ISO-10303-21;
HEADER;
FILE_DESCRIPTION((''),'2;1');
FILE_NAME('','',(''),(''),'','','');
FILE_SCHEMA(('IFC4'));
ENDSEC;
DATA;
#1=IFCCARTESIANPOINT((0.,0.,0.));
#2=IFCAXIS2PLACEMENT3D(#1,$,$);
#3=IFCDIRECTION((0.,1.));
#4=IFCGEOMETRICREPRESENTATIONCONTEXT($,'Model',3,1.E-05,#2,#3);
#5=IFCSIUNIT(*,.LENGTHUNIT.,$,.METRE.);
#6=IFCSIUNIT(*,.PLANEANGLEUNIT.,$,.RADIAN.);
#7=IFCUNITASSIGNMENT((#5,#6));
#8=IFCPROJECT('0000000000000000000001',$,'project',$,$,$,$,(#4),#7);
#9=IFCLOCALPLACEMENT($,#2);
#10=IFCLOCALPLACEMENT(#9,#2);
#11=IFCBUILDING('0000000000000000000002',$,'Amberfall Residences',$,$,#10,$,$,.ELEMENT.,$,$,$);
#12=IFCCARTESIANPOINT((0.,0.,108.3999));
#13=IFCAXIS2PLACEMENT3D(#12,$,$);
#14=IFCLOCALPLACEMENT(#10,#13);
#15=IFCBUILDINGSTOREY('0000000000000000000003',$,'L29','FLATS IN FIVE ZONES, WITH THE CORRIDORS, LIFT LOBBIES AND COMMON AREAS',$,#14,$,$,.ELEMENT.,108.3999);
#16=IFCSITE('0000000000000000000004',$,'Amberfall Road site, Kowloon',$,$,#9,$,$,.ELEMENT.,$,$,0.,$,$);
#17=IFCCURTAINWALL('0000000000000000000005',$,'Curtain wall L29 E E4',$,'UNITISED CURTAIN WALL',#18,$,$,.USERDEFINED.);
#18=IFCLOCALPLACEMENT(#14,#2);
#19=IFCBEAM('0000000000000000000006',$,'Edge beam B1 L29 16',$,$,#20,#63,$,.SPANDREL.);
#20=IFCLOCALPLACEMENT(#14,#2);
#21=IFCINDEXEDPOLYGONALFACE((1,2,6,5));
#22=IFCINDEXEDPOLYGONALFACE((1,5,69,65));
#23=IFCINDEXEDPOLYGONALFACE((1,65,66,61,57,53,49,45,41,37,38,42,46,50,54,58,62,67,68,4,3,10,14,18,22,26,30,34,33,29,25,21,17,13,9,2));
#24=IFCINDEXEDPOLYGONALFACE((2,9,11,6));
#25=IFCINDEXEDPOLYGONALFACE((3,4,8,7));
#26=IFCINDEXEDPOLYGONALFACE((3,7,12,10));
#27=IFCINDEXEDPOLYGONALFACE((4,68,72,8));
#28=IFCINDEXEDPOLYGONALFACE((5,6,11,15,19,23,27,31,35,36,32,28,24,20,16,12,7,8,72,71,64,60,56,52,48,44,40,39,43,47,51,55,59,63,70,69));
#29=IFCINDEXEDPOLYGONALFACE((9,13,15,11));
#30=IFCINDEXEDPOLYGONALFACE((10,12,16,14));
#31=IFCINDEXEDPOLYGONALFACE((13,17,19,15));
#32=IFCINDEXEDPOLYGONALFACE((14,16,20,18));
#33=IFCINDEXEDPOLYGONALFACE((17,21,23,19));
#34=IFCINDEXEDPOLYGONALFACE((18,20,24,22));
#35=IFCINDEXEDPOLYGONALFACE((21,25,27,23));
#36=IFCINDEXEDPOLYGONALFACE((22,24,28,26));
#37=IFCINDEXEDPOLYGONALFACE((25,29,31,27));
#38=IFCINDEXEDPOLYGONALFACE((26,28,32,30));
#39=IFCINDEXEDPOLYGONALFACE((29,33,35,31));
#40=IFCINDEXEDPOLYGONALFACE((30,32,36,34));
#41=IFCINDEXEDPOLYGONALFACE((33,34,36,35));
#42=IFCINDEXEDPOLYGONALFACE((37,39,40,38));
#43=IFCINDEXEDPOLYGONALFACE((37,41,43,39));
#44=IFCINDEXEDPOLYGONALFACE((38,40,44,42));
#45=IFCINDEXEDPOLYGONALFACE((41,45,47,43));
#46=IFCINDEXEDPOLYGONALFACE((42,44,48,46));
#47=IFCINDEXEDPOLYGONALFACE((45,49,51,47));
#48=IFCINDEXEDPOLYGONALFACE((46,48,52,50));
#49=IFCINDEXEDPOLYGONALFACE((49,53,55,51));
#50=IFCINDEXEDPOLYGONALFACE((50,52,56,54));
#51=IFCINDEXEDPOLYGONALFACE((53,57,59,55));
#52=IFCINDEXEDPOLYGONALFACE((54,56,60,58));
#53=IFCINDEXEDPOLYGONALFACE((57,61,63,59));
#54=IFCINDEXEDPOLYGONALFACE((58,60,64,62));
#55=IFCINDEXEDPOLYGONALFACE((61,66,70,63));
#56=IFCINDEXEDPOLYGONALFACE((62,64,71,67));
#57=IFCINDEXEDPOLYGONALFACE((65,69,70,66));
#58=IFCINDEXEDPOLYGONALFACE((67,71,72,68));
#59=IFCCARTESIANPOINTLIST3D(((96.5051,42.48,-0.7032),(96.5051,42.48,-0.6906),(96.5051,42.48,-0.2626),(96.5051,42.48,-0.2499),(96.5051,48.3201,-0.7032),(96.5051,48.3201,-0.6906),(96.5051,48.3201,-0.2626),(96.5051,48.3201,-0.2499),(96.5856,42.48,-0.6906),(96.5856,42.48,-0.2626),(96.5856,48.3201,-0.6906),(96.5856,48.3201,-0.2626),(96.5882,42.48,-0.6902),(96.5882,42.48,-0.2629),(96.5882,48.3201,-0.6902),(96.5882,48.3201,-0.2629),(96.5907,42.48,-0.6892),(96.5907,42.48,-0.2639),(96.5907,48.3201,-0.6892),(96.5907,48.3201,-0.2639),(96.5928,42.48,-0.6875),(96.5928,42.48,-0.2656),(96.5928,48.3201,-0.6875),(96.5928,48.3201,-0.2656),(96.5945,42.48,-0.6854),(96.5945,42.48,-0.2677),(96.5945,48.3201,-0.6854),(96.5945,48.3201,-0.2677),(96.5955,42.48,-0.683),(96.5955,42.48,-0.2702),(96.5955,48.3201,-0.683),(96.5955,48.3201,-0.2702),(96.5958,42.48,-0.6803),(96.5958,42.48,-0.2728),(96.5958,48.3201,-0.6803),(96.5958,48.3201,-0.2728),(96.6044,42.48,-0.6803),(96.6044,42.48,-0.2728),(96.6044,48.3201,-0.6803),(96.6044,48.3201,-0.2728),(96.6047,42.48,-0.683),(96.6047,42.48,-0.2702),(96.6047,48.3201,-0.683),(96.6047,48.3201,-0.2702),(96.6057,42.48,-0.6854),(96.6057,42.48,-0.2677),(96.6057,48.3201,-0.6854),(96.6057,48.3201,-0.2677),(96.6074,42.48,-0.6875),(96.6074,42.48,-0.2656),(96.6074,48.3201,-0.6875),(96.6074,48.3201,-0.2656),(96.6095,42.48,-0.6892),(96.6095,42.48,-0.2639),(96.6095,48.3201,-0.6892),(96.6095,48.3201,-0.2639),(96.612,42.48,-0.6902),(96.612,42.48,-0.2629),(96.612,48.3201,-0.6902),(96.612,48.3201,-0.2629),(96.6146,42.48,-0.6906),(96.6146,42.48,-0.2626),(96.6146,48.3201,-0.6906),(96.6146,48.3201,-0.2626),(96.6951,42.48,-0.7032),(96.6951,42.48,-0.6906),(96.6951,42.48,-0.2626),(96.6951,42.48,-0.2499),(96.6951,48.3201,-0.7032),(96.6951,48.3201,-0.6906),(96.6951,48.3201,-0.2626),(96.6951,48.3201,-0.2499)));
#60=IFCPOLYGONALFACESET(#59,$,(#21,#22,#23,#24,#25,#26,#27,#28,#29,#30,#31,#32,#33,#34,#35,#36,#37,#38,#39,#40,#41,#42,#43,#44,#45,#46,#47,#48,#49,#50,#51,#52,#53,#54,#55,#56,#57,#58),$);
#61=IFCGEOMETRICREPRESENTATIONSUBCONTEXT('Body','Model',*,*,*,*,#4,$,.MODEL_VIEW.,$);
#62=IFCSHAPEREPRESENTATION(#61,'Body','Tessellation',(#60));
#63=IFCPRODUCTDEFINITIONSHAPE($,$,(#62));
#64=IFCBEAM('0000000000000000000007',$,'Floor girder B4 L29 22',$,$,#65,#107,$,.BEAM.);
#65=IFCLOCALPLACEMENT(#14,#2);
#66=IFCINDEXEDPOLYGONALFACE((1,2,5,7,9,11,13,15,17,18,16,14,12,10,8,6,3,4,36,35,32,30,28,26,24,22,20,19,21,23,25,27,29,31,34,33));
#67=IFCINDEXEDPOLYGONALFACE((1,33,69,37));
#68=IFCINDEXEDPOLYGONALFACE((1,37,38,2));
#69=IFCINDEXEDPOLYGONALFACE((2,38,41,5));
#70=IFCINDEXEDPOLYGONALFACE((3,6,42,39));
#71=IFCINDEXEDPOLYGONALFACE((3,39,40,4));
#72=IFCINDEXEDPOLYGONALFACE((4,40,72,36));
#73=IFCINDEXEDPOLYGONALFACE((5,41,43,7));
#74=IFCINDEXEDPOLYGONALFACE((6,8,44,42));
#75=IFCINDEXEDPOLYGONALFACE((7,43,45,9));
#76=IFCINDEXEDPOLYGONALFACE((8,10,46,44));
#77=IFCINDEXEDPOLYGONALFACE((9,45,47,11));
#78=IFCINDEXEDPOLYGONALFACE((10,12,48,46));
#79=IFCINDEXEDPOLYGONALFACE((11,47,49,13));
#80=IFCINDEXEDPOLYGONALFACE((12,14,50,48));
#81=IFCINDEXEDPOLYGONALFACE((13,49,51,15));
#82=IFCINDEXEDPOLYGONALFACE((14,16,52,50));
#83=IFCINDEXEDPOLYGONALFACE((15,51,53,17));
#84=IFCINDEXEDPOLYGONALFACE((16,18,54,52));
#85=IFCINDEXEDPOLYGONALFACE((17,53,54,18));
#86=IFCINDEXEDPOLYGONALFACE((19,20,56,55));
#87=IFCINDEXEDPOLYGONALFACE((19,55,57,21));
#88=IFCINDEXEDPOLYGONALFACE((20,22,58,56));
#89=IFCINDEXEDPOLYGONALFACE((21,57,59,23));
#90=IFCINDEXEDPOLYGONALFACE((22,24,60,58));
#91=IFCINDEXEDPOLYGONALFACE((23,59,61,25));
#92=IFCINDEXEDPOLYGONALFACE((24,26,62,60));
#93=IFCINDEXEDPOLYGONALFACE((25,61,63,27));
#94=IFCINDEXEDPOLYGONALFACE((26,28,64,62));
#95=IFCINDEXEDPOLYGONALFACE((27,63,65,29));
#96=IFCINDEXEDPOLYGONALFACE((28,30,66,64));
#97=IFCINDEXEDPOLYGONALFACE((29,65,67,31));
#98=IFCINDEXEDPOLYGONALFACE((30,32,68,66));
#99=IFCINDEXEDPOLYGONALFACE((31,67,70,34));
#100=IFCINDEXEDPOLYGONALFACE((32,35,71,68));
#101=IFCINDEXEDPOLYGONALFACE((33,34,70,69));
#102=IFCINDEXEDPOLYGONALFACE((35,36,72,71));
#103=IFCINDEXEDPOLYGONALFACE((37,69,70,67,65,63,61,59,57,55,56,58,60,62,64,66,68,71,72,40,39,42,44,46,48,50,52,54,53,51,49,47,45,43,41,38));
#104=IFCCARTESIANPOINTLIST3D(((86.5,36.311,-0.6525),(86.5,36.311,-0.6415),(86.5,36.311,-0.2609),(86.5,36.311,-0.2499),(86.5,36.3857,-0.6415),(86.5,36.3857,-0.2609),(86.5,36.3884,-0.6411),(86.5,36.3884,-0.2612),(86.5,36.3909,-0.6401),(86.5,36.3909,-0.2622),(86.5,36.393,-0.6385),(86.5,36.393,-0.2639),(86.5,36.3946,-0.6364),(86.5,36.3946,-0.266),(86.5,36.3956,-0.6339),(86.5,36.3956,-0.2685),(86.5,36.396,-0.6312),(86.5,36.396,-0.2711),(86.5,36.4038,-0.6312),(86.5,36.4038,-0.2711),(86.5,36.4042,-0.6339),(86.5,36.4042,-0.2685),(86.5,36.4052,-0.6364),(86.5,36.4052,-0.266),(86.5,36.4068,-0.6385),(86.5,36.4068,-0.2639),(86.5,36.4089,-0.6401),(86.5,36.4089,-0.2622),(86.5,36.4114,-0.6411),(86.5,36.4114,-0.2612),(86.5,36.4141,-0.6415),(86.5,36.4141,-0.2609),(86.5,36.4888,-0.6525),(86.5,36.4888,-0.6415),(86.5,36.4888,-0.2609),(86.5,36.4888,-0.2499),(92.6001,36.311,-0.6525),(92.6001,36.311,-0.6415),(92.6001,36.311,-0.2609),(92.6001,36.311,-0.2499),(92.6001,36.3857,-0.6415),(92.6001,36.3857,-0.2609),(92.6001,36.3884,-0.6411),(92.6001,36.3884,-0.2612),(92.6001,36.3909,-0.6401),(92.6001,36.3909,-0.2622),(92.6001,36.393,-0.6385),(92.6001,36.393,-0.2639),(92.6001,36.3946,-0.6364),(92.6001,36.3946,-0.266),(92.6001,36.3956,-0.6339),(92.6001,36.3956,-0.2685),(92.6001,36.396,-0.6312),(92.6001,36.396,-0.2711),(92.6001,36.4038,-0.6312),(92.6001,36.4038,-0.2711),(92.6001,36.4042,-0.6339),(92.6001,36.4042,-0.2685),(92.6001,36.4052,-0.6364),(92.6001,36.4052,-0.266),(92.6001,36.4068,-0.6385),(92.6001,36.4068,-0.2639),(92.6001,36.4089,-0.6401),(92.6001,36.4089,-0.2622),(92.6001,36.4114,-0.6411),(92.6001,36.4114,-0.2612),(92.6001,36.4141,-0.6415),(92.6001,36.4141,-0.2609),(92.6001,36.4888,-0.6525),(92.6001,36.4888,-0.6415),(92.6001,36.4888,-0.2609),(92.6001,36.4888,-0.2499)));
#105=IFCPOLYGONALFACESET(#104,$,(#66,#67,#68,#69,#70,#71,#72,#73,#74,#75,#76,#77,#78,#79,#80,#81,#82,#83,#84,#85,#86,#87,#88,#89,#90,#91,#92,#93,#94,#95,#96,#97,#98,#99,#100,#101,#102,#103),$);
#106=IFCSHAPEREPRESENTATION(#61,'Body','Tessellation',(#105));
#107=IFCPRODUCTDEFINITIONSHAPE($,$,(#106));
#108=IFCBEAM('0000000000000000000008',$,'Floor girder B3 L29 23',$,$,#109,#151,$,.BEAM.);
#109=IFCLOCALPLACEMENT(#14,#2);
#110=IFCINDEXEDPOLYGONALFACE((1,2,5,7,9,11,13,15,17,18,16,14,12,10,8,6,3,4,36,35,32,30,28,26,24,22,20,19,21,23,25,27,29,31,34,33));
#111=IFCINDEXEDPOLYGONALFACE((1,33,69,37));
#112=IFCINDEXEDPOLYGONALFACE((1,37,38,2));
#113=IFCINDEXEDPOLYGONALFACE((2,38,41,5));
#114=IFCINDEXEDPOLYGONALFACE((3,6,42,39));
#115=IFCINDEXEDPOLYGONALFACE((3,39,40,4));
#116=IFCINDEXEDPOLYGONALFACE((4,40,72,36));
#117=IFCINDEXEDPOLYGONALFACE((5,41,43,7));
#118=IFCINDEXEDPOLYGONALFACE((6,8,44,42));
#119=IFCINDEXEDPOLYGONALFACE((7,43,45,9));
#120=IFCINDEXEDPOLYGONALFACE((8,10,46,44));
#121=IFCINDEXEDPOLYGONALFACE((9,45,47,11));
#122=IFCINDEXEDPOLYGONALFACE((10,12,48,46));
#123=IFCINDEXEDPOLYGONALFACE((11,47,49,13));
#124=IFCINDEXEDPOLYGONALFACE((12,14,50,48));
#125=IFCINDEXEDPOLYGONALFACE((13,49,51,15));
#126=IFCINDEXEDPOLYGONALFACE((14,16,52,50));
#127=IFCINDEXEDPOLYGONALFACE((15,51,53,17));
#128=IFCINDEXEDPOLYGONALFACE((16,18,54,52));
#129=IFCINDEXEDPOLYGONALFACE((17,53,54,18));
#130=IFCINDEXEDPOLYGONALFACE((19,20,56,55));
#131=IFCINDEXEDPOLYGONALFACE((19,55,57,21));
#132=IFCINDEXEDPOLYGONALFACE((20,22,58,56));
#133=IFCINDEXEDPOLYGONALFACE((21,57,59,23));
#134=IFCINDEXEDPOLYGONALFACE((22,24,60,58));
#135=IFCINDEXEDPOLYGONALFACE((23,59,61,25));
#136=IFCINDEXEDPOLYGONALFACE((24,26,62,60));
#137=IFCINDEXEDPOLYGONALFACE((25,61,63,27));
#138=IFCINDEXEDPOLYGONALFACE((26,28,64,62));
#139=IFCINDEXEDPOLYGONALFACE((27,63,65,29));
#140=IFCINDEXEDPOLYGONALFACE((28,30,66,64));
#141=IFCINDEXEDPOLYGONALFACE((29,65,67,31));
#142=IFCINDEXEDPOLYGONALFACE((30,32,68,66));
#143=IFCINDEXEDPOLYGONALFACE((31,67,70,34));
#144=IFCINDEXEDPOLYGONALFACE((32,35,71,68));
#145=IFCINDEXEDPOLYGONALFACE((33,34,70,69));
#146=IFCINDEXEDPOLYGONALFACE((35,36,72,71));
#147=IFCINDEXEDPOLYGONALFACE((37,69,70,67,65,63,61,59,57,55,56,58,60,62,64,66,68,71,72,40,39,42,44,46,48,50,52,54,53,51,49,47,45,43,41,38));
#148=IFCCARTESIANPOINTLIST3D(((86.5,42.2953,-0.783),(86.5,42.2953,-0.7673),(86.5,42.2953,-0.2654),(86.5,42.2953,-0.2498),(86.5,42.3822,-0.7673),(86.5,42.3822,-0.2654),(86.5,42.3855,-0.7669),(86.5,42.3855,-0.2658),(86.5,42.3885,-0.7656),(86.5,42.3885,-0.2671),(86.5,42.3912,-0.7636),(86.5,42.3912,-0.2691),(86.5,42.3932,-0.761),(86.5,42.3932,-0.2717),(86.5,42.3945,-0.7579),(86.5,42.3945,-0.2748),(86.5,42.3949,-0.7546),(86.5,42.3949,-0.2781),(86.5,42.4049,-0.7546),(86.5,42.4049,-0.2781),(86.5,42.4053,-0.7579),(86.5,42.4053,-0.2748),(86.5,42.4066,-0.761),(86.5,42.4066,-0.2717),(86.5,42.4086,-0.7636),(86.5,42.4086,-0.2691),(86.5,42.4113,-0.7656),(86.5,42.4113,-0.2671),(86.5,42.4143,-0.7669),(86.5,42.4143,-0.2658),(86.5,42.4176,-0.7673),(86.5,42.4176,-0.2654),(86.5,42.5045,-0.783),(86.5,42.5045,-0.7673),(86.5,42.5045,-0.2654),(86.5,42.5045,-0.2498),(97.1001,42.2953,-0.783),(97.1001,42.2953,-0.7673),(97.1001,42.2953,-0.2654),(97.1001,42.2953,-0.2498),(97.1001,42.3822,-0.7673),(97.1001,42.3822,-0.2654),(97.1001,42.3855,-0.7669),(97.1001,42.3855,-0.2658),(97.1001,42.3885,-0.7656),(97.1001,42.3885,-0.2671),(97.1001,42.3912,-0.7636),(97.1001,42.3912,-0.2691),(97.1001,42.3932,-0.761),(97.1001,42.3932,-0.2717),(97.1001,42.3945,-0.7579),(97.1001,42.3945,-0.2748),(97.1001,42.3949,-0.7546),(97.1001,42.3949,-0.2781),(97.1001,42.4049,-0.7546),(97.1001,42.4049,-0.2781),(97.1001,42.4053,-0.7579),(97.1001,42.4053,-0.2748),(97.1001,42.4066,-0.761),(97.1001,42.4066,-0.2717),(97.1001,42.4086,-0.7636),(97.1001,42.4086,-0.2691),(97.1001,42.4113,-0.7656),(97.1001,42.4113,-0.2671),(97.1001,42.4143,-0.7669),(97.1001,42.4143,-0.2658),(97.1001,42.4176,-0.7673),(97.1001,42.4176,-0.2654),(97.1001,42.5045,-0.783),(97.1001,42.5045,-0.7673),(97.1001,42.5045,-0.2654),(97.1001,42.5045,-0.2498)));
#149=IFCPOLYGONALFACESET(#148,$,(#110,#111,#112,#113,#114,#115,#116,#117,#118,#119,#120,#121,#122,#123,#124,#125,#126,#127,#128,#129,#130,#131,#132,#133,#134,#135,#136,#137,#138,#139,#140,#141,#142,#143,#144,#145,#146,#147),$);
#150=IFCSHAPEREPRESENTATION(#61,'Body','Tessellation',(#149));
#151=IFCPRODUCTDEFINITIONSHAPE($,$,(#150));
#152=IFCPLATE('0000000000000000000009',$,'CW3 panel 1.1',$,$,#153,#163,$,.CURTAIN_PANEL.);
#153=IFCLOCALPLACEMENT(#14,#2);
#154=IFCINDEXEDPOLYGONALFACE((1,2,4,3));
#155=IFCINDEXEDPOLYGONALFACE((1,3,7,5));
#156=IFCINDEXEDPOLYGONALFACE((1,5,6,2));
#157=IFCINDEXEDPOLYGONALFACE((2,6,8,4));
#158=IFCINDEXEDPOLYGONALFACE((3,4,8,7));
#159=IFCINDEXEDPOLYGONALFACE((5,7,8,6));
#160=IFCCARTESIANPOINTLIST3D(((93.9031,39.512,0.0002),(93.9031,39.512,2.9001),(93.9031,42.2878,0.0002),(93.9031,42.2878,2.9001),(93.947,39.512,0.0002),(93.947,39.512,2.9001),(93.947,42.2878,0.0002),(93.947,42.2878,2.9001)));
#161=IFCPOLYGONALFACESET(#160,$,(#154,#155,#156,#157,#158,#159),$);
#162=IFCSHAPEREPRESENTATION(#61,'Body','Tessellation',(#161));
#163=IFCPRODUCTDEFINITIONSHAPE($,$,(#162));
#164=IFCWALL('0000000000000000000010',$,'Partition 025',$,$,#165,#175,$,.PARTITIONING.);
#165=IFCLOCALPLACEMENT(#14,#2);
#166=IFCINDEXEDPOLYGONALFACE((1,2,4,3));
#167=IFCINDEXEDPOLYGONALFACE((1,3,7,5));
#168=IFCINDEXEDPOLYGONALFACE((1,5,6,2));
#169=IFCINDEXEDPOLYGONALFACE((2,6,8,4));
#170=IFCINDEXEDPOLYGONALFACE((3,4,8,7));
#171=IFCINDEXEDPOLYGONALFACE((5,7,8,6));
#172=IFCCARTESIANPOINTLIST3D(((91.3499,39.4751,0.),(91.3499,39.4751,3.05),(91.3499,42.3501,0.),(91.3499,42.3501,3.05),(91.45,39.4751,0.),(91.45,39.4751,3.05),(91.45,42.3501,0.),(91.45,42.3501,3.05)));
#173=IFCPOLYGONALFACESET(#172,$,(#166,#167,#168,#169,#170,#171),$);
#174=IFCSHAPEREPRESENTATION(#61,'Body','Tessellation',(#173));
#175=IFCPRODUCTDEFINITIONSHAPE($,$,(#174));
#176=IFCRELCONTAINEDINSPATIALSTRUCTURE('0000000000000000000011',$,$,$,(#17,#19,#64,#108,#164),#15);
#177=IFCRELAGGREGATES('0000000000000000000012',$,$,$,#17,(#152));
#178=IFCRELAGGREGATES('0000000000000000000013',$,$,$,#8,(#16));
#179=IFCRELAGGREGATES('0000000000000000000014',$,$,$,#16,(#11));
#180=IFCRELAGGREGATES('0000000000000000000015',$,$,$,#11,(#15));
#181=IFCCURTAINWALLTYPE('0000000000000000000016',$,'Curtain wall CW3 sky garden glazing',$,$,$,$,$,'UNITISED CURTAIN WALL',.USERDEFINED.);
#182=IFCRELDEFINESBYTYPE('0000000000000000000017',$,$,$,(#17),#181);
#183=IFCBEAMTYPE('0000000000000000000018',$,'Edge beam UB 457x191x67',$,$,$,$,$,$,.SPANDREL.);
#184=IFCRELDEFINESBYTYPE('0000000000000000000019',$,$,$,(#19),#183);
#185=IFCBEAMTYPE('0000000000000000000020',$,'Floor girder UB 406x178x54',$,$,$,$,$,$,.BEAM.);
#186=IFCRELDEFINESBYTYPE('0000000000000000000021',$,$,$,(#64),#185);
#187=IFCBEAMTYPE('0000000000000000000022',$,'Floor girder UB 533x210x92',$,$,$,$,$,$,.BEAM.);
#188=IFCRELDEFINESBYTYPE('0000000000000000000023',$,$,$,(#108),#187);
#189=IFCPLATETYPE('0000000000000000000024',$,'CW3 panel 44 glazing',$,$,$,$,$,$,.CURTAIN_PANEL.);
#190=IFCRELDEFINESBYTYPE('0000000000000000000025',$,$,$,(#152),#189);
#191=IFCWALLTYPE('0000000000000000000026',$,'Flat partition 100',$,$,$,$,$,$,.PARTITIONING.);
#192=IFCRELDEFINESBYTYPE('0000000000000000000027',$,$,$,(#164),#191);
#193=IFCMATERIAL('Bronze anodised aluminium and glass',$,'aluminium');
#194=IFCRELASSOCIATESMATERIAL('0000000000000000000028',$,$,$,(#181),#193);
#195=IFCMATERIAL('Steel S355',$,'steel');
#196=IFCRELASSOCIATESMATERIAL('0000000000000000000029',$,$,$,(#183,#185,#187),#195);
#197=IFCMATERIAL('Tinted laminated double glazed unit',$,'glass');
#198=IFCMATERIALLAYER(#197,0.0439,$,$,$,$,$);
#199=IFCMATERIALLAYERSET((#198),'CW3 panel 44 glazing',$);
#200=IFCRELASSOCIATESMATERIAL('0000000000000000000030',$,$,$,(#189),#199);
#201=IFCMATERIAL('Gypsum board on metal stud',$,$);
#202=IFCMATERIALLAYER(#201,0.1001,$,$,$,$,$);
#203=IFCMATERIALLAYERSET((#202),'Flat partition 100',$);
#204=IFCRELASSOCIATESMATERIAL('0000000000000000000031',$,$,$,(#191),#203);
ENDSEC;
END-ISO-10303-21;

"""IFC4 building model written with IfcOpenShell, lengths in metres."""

from ifc_helpers import new_model, si_unit, direction, frame, frame_2d, origin, origin_2d, place, context, subcontext, project, spatial, rectangle, i_section, extrude, material, layer, layer_set, material_profile, profile_set, type_object, element, aggregate, save


model = new_model("IFC4")

# Units and contexts
model_context = context("Model", 3, precision=1e-05, world=origin(), true_north=direction((0.0, 1.0)))
body_context = subcontext(model_context, "Body", "Model", "MODEL_VIEW")
ifc_project = project(units=[si_unit("LENGTHUNIT", "METRE"), si_unit("PLANEANGLEUNIT", "RADIAN")], contexts=[model_context])

# Site, building, storey
site_placement = place(None, origin())
site = spatial("IfcSite", under=ifc_project, at=site_placement, Name="Amberfall Road site, Kowloon", CompositionType="ELEMENT", RefElevation=0.0)
building_placement = place(site_placement, origin())
building = spatial("IfcBuilding", under=site, at=building_placement, Name="Amberfall Residences", CompositionType="ELEMENT")
storey_placement = place(building_placement, frame((0.0, 0.0, 108.3999)))
storey = spatial("IfcBuildingStorey", under=building, at=storey_placement, Name="L29", Description="FLATS IN FIVE ZONES, WITH THE CORRIDORS, LIFT LOBBIES AND COMMON AREAS", CompositionType="ELEMENT", Elevation=108.3999)

# Curtain wall
ifc_material_1 = material(Name="Bronze anodised aluminium and glass", Category="aluminium")
curtain_wall_type = type_object("IfcCurtainWallType", Name="Curtain wall CW3 sky garden glazing", ElementType="UNITISED CURTAIN WALL", PredefinedType="USERDEFINED", material=ifc_material_1)
curtain_wall_1_placement = place(storey_placement, origin())
curtain_wall_1 = element("IfcCurtainWall", 1, at=curtain_wall_1_placement, inside=storey, type_object=curtain_wall_type, Name="Curtain wall L29 E E4", ObjectType="UNITISED CURTAIN WALL", PredefinedType="USERDEFINED")

# Beams
ifc_material_2 = material(Name="Steel S355", Category="steel")
ifc_material_profile_1 = material_profile(ifc_material_2, i_section(OverallWidth=0.1899, OverallDepth=0.4534, WebThickness=0.0085, FlangeThickness=0.0127, FilletRadius=0.0103, at=origin_2d()), Name="UB 457x191x67")
ifc_profile_set_1 = profile_set([ifc_material_profile_1], Name="Steel S355")
beam_type_1 = type_object("IfcBeamType", Name="Edge beam UB 457x191x67", PredefinedType="SPANDREL", material=ifc_profile_set_1)
for number, where, z_axis, x_axis, name in (
    (2, (96.6001, 42.48, -0.4766), (0.0, 1.0, 0.0), (-1.0, 0.0, 0.0), "Edge beam B1 L29 16"),
):
    element("IfcBeam", number, at=place(storey_placement, frame(where, z_axis=z_axis, x_axis=x_axis)), inside=storey, type_object=beam_type_1, Name=name, PredefinedType="SPANDREL", context=body_context, shape_type="SweptSolid", body=[
        extrude(i_section(OverallWidth=0.1899, OverallDepth=0.4534, WebThickness=0.0085, FlangeThickness=0.0127, FilletRadius=0.0103, at=origin_2d()), origin(), (0.0, 0.0, 1.0), 5.8401),
    ])
ifc_material_profile_2 = material_profile(ifc_material_2, i_section(OverallWidth=0.1777, OverallDepth=0.4026, WebThickness=0.0078, FlangeThickness=0.011, FilletRadius=0.0103, at=origin_2d()), Name="UB 406x178x54")
ifc_profile_set_2 = profile_set([ifc_material_profile_2], Name="Steel S355")
beam_type_2 = type_object("IfcBeamType", Name="Floor girder UB 406x178x54", PredefinedType="BEAM", material=ifc_profile_set_2)
beam_1_placement = place(storey_placement, frame((92.6001, 36.3999, -0.4512), z_axis=(-1.0, 0.0, 0.0), x_axis=(0.0, -1.0, 0.0)))
element("IfcBeam", 3, at=beam_1_placement, inside=storey, type_object=beam_type_2, Name="Floor girder B4 L29 22", PredefinedType="BEAM", context=body_context, shape_type="SweptSolid", body=[
    extrude(i_section(OverallWidth=0.1777, OverallDepth=0.4026, WebThickness=0.0078, FlangeThickness=0.011, FilletRadius=0.0103, at=origin_2d()), origin(), (0.0, 0.0, 1.0), 6.1001),
])
ifc_material_profile_3 = material_profile(ifc_material_2, i_section(OverallWidth=0.2092, OverallDepth=0.5332, WebThickness=0.01, FlangeThickness=0.0156, FilletRadius=0.0127, at=origin_2d()), Name="UB 533x210x92")
ifc_profile_set_3 = profile_set([ifc_material_profile_3], Name="Steel S355")
beam_type_3 = type_object("IfcBeamType", Name="Floor girder UB 533x210x92", PredefinedType="BEAM", material=ifc_profile_set_3)
beam_2_placement = place(storey_placement, frame((97.1001, 42.3999, -0.5164), z_axis=(-1.0, 0.0, 0.0), x_axis=(0.0, -1.0, 0.0)))
element("IfcBeam", 4, at=beam_2_placement, inside=storey, type_object=beam_type_3, Name="Floor girder B3 L29 23", PredefinedType="BEAM", context=body_context, shape_type="SweptSolid", body=[
    extrude(i_section(OverallWidth=0.2092, OverallDepth=0.5332, WebThickness=0.01, FlangeThickness=0.0156, FilletRadius=0.0127, at=origin_2d()), origin(), (0.0, 0.0, 1.0), 10.6001),
])

# Plate
ifc_material_3 = material(Name="Tinted laminated double glazed unit", Category="glass")
ifc_layer_1 = layer(ifc_material_3, 0.0439)
ifc_layer_set_1 = layer_set([ifc_layer_1], Name="CW3 panel 44 glazing")
plate_type = type_object("IfcPlateType", Name="CW3 panel 44 glazing", PredefinedType="CURTAIN_PANEL", material=ifc_layer_set_1)
plate_placement = place(storey_placement, frame((93.925, 40.8999, 0.0002), z_axis=(0.0, 0.0, 1.0), x_axis=(0.0, 1.0, 0.0)))
plate = element("IfcPlate", 5, at=plate_placement, type_object=plate_type, Name="CW3 panel 1.1", PredefinedType="CURTAIN_PANEL", context=body_context, shape_type="SweptSolid", body=[
    extrude(rectangle(XDim=2.7759, YDim=0.0439, at=origin_2d()), origin(), (0.0, 0.0, 1.0), 2.8999),
])
aggregate(curtain_wall_1, [plate])

# Wall
ifc_material_4 = material(Name="Gypsum board on metal stud")
ifc_layer_2 = layer(ifc_material_4, 0.1001)
ifc_layer_set_2 = layer_set([ifc_layer_2], Name="Flat partition 100")
wall_type_1 = type_object("IfcWallType", Name="Flat partition 100", PredefinedType="PARTITIONING", material=ifc_layer_set_2)
wall_1_placement = place(storey_placement, frame((91.3999, 39.4751, 0.0), z_axis=(0.0, 0.0, 1.0), x_axis=(0.0, 1.0, 0.0)))
element("IfcWall", 6, at=wall_1_placement, inside=storey, type_object=wall_type_1, Name="Partition 025", PredefinedType="PARTITIONING", context=body_context, shape_type="SweptSolid", body=[
    extrude(rectangle(XDim=2.875, YDim=0.1001, at=frame_2d((1.4375, 0.0))), origin(), (0.0, 0.0, 1.0), 3.05),
])

save(model, "model.ifc")
